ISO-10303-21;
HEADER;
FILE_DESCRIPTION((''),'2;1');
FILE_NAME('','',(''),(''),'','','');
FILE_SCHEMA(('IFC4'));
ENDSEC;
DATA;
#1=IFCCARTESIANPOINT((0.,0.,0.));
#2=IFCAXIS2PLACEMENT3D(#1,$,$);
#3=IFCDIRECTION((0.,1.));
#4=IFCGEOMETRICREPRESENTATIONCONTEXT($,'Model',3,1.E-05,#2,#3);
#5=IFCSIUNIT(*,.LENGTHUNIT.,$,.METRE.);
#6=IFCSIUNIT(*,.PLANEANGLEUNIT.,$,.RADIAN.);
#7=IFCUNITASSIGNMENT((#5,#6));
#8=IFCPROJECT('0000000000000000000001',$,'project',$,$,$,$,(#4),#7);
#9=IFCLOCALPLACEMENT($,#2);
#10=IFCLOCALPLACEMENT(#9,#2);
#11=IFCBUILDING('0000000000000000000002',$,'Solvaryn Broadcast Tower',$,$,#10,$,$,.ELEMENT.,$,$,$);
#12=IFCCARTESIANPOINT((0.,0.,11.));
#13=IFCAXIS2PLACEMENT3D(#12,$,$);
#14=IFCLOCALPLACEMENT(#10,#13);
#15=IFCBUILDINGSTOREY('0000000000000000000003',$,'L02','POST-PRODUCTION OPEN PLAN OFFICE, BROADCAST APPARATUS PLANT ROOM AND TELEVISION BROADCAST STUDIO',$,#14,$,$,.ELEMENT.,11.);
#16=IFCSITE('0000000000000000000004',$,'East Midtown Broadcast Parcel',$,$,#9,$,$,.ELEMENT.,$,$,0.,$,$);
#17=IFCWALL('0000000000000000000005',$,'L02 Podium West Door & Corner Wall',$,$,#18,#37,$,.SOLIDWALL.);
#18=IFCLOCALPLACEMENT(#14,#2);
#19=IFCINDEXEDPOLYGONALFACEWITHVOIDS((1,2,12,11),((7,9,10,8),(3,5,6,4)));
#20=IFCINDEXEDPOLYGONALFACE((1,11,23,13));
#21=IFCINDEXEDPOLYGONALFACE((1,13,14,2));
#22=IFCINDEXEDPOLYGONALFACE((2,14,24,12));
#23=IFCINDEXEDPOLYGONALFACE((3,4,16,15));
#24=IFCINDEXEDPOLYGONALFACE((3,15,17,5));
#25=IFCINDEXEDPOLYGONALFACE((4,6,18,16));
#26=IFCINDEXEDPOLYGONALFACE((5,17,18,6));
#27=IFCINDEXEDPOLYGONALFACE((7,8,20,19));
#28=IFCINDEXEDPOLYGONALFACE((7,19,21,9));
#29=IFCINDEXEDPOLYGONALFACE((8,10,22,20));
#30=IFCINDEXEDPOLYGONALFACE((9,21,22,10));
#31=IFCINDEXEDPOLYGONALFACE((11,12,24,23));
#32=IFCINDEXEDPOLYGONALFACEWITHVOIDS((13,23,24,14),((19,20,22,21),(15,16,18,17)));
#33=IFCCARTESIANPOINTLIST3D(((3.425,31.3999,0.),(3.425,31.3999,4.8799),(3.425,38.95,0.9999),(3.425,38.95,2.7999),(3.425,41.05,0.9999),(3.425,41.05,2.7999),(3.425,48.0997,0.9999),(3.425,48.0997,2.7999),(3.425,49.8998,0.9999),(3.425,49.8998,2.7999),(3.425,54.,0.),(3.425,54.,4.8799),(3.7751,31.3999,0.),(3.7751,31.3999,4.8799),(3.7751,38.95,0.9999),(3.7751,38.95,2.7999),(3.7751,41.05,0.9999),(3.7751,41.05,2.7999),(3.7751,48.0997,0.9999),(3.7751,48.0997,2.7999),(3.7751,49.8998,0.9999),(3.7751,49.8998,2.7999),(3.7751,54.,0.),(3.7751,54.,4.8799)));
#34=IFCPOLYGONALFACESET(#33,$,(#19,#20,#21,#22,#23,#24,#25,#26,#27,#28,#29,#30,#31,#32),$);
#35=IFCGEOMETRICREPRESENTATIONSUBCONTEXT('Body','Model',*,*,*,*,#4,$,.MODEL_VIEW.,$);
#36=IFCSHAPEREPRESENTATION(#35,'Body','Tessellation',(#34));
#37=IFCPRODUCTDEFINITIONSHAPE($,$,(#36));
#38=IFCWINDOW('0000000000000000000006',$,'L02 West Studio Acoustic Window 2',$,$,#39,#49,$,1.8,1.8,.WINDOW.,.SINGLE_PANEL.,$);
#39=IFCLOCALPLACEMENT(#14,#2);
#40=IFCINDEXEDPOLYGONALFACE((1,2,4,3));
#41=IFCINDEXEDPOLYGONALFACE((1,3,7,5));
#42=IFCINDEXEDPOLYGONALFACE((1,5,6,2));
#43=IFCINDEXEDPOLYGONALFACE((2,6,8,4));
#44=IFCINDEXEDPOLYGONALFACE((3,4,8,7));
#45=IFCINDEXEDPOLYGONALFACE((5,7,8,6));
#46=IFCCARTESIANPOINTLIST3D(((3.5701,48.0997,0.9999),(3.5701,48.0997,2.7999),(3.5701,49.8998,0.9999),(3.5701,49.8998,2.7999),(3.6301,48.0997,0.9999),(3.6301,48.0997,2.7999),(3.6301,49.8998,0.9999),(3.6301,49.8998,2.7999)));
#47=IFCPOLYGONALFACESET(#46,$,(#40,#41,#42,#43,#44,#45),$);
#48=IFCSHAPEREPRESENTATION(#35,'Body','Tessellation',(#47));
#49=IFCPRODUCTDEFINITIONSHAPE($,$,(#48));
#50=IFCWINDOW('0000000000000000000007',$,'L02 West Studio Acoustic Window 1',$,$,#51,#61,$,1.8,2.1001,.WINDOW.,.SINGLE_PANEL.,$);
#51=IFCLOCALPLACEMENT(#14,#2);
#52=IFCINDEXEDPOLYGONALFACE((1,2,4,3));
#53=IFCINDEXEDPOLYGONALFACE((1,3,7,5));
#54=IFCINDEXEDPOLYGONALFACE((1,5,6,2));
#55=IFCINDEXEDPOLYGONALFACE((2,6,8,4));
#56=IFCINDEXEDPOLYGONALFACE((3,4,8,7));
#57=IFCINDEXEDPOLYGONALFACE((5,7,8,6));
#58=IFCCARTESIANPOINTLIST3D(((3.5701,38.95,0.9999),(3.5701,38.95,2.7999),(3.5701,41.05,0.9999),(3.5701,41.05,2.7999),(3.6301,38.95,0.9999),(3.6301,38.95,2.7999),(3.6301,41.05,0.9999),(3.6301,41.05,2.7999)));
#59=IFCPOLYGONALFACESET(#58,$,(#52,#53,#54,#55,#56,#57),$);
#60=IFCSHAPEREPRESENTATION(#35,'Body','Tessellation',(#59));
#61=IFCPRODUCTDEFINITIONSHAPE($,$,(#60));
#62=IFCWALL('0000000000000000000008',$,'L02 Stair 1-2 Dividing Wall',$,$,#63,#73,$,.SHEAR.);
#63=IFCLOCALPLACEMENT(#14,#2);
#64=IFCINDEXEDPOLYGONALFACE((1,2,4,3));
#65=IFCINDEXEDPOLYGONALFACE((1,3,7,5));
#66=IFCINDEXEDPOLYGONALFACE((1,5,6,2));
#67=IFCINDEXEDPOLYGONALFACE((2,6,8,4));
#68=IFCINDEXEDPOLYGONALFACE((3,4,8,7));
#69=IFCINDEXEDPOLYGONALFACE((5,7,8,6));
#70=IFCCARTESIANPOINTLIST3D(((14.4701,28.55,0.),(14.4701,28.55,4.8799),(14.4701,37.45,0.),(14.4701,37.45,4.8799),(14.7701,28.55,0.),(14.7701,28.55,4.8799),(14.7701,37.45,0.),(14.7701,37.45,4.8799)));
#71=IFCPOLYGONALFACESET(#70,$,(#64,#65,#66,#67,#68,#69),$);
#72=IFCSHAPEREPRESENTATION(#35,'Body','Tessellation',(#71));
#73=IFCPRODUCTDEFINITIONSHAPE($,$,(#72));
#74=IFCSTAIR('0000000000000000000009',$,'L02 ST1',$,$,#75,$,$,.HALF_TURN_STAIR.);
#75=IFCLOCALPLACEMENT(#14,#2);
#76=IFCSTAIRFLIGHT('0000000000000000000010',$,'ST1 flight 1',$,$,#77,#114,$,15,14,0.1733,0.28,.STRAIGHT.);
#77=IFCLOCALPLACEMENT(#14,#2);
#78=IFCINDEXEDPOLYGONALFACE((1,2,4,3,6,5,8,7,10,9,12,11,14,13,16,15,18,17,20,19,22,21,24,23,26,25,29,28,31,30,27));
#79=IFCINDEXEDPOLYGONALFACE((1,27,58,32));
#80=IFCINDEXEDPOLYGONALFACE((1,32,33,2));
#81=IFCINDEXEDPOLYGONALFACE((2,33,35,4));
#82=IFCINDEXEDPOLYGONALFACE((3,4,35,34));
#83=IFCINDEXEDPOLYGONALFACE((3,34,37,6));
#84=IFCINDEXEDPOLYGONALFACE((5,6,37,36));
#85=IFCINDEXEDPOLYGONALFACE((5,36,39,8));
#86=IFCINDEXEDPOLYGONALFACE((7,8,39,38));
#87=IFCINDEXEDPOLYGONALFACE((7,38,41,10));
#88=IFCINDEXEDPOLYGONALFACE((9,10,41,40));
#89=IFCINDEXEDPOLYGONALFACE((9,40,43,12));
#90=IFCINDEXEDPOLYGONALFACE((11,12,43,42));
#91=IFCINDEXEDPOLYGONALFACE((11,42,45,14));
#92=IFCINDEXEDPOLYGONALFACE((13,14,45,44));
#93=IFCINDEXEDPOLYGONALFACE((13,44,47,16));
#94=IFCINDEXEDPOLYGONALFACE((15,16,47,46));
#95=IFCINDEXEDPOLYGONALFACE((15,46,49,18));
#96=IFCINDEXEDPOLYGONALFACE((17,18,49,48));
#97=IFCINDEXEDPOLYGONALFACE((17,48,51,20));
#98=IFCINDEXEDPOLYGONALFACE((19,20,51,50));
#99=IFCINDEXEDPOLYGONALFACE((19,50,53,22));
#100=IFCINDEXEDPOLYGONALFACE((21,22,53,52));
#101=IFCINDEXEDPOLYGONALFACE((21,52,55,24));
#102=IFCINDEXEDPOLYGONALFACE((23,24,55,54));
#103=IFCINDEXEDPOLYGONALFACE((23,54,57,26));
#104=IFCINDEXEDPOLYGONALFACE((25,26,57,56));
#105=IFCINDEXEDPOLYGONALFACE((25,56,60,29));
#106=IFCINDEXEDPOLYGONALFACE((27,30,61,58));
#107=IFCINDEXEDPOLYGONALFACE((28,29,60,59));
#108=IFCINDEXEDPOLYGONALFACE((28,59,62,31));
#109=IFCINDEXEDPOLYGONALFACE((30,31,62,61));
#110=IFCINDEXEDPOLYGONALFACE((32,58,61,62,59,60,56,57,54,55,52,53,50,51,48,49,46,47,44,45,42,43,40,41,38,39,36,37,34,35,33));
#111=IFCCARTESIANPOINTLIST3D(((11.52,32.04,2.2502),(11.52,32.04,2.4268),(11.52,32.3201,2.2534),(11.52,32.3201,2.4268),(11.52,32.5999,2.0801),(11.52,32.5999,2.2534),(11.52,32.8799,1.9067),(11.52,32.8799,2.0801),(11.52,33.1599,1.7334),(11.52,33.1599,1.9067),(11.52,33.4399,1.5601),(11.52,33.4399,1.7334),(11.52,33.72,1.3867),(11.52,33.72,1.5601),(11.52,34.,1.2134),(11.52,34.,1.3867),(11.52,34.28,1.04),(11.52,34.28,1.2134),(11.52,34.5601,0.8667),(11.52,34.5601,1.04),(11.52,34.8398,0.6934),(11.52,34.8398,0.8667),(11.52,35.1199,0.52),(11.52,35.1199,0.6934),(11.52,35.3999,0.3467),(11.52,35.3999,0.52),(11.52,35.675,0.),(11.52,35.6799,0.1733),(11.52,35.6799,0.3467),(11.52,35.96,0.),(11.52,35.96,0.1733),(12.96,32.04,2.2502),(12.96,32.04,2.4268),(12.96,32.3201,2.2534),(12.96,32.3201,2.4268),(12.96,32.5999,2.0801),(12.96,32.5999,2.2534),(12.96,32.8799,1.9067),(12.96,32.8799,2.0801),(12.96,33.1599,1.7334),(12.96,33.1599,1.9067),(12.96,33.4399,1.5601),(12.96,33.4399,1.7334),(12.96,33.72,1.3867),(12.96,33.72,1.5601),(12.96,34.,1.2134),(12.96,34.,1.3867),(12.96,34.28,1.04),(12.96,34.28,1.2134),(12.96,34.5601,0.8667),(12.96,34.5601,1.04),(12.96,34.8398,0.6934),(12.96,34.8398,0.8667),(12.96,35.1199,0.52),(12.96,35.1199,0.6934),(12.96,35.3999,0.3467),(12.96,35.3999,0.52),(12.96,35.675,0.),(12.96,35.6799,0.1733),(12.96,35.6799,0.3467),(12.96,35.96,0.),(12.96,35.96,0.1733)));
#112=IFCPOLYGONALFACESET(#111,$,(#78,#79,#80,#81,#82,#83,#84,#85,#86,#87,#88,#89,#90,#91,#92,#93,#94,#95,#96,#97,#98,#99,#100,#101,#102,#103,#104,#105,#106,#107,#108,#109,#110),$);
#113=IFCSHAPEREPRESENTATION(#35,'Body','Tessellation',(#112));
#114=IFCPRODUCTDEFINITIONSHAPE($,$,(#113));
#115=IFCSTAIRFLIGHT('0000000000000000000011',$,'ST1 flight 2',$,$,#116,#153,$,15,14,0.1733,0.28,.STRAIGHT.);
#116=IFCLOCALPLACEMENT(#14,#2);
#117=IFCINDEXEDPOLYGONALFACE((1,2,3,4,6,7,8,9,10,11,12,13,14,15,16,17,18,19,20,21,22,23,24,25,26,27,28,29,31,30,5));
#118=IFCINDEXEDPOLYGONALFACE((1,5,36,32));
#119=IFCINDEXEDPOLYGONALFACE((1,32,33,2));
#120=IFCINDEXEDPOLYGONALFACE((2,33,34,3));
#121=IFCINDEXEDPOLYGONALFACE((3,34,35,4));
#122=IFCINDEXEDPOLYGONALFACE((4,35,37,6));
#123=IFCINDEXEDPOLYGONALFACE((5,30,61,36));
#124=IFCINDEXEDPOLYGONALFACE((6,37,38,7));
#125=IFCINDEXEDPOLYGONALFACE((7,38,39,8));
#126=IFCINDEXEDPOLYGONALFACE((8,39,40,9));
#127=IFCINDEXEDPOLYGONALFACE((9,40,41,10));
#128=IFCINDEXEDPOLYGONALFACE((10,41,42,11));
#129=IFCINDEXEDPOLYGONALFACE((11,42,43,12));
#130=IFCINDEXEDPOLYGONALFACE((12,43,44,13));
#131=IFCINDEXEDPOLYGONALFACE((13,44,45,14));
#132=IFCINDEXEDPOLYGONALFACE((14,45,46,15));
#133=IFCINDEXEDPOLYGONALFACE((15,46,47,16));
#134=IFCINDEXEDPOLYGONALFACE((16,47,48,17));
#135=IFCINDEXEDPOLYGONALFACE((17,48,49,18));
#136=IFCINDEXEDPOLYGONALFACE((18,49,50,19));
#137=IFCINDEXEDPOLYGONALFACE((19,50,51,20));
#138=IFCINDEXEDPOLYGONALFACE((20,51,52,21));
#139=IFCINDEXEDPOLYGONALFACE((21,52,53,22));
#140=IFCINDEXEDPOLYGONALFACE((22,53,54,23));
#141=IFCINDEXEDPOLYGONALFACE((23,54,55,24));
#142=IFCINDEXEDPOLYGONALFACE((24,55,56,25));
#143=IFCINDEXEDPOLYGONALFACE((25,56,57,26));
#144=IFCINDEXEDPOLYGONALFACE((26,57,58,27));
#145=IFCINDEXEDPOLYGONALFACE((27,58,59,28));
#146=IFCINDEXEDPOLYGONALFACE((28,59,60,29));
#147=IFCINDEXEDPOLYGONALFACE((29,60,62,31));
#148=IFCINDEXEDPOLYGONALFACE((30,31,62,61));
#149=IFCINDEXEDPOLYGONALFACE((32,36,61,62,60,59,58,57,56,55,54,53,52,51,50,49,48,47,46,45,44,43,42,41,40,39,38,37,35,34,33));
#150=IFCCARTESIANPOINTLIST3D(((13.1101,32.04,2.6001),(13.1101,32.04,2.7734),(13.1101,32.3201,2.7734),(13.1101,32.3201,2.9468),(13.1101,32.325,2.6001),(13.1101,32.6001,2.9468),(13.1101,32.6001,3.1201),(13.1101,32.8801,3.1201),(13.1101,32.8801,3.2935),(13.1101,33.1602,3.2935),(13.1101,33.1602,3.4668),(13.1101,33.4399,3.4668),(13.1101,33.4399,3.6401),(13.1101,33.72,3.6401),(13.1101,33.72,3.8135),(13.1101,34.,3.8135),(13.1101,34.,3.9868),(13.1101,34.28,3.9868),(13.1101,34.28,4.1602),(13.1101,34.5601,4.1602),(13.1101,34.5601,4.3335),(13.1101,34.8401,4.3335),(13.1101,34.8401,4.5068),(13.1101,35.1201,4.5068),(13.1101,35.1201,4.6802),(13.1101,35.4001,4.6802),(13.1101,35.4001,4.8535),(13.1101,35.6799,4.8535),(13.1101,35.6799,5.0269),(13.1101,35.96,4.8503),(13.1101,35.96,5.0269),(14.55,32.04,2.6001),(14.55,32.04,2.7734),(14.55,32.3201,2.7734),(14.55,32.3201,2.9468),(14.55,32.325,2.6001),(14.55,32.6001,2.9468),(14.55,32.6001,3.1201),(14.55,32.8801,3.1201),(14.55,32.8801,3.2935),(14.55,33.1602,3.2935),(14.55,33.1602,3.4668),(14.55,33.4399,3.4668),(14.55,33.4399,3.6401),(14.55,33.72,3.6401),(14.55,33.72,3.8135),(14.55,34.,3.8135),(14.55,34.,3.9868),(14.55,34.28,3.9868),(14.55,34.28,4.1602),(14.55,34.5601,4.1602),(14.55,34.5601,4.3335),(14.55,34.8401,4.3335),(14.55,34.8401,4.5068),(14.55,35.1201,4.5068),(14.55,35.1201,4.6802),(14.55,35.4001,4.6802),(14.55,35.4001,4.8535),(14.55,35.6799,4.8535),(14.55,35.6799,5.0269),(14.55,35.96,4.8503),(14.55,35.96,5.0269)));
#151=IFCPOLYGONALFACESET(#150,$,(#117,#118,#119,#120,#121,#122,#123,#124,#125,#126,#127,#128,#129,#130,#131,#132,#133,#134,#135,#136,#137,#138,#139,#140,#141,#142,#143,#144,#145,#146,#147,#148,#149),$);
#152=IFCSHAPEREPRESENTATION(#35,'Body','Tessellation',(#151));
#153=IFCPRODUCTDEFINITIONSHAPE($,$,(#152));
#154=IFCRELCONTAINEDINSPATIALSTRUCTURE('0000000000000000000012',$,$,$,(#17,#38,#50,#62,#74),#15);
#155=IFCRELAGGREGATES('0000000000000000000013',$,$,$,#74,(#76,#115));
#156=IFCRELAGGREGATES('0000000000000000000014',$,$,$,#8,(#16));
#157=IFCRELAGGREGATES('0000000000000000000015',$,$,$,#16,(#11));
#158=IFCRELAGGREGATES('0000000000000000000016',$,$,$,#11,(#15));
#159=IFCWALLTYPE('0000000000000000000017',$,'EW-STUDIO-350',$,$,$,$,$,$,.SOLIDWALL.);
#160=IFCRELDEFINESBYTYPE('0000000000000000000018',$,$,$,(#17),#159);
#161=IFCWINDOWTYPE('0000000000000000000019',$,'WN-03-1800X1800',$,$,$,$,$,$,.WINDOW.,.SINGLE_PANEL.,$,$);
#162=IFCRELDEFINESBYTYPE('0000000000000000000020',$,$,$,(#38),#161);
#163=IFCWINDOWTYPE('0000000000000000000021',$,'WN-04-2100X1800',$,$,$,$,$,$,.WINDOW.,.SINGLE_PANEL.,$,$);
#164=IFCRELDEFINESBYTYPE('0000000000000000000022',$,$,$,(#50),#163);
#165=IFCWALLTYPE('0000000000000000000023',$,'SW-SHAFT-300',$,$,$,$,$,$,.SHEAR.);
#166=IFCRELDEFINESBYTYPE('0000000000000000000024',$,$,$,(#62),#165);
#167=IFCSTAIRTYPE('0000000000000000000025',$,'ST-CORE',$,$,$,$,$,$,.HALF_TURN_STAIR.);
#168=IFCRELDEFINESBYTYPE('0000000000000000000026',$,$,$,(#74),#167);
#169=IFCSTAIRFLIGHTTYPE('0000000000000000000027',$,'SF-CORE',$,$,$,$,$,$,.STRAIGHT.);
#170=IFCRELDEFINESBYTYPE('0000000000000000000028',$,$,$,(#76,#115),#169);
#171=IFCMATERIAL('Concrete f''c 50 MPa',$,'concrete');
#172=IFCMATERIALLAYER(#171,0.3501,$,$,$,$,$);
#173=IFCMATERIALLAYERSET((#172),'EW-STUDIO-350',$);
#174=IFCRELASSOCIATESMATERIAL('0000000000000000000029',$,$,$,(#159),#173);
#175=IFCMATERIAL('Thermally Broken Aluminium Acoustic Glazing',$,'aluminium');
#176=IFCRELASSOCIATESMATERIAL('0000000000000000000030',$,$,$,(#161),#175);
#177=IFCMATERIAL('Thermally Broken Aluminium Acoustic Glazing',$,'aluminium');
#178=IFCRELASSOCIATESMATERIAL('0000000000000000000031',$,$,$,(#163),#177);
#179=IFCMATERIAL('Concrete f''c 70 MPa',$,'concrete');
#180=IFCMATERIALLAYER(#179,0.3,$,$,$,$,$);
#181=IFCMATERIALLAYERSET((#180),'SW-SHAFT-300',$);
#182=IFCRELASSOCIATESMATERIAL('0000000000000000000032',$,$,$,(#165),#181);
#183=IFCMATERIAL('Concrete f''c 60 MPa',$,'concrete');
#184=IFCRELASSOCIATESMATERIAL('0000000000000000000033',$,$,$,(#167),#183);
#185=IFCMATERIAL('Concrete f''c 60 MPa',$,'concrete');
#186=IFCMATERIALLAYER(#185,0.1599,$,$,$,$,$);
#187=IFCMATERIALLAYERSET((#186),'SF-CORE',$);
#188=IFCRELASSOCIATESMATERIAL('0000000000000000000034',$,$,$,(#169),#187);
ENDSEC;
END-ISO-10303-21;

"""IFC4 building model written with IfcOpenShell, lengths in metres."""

from ifc_helpers import new_model, si_unit, direction, frame, frame_2d, origin, place, context, subcontext, project, spatial, polyline, rectangle, outline, extrude, material, layer, layer_set, type_object, element, fill, aggregate, save


model = new_model("IFC4")

# Units and contexts
model_context = context("Model", 3, precision=1e-05, world=origin(), true_north=direction((0.0, 1.0)))
body_context = subcontext(model_context, "Body", "Model", "MODEL_VIEW")
ifc_project = project(units=[si_unit("LENGTHUNIT", "METRE"), si_unit("PLANEANGLEUNIT", "RADIAN")], contexts=[model_context])

# Site, building, storey
site_placement = place(None, origin())
site = spatial("IfcSite", under=ifc_project, at=site_placement, Name="East Midtown Broadcast Parcel", CompositionType="ELEMENT", RefElevation=0.0)
building_placement = place(site_placement, origin())
building = spatial("IfcBuilding", under=site, at=building_placement, Name="Solvaryn Broadcast Tower", CompositionType="ELEMENT")
storey_placement = place(building_placement, frame((0.0, 0.0, 11.0)))
storey = spatial("IfcBuildingStorey", under=building, at=storey_placement, Name="L02", Description="POST-PRODUCTION OPEN PLAN OFFICE, BROADCAST APPARATUS PLANT ROOM AND TELEVISION BROADCAST STUDIO", CompositionType="ELEMENT", Elevation=11.0)

# Wall, openings, windows
ifc_material_1 = material(Name="Concrete f'c 50 MPa", Category="concrete")
ifc_layer_1 = layer(ifc_material_1, 0.3501)
ifc_layer_set_1 = layer_set([ifc_layer_1], Name="EW-STUDIO-350")
wall_type_1 = type_object("IfcWallType", Name="EW-STUDIO-350", PredefinedType="SOLIDWALL", material=ifc_layer_set_1)
wall_1_placement = place(storey_placement, frame((3.6001, 31.3999, 0.0), z_axis=(0.0, 0.0, 1.0), x_axis=(0.0, 1.0, 0.0)))
wall_1 = element("IfcWall", 1, at=wall_1_placement, inside=storey, type_object=wall_type_1, Name="L02 Podium West Door & Corner Wall", PredefinedType="SOLIDWALL", context=body_context, shape_type="SweptSolid", body=[
    extrude(rectangle(XDim=22.6001, YDim=0.3501, at=frame_2d((11.3, 0.0))), origin(), (0.0, 0.0, 1.0), 4.8799),
])
opening_1_placement = place(wall_1_placement, frame((7.55, 0.0, 1.0)))
opening_1 = element("IfcOpeningElement", 2, at=opening_1_placement, cuts=wall_1, PredefinedType="OPENING", context=body_context, shape_type="SweptSolid", body=[
    extrude(rectangle(XDim=2.1001, YDim=1.8, at=frame_2d((1.05, 0.8999))), frame((0.0, 0.1851, 0.0), z_axis=(0.0, -1.0, 0.0), x_axis=(1.0, 0.0, 0.0)), (0.0, 0.0, 1.0), 0.3701),
])
opening_2_placement = place(wall_1_placement, frame((16.7, 0.0, 1.0)))
opening_2 = element("IfcOpeningElement", 3, at=opening_2_placement, cuts=wall_1, PredefinedType="OPENING", context=body_context, shape_type="SweptSolid", body=[
    extrude(rectangle(XDim=1.8, YDim=1.8, at=frame_2d((0.8999, 0.8999))), frame((0.0, 0.1851, 0.0), z_axis=(0.0, -1.0, 0.0), x_axis=(1.0, 0.0, 0.0)), (0.0, 0.0, 1.0), 0.3701),
])
ifc_material_2 = material(Name="Thermally Broken Aluminium Acoustic Glazing", Category="aluminium")
window_type_1 = type_object("IfcWindowType", Name="WN-03-1800X1800", PartitioningType="SINGLE_PANEL", PredefinedType="WINDOW", material=ifc_material_2)
window_1_placement = place(opening_2_placement, origin())
window_1 = element("IfcWindow", 4, at=window_1_placement, inside=storey, type_object=window_type_1, Name="L02 West Studio Acoustic Window 2", OverallHeight=1.8, OverallWidth=1.8, PartitioningType="SINGLE_PANEL", PredefinedType="WINDOW", context=body_context, shape_type="SweptSolid", body=[
    extrude(rectangle(XDim=1.8, YDim=1.8, at=frame_2d((0.8999, 0.8999))), frame((0.0, 0.03, 0.0), z_axis=(0.0, -1.0, 0.0), x_axis=(1.0, 0.0, 0.0)), (0.0, 0.0, 1.0), 0.0601),
])
fill(opening_2, window_1)
ifc_material_3 = material(Name="Thermally Broken Aluminium Acoustic Glazing", Category="aluminium")
window_type_2 = type_object("IfcWindowType", Name="WN-04-2100X1800", PartitioningType="SINGLE_PANEL", PredefinedType="WINDOW", material=ifc_material_3)
window_2_placement = place(opening_1_placement, origin())
window_2 = element("IfcWindow", 5, at=window_2_placement, inside=storey, type_object=window_type_2, Name="L02 West Studio Acoustic Window 1", OverallHeight=1.8, OverallWidth=2.1001, PartitioningType="SINGLE_PANEL", PredefinedType="WINDOW", context=body_context, shape_type="SweptSolid", body=[
    extrude(rectangle(XDim=2.1001, YDim=1.8, at=frame_2d((1.05, 0.8999))), frame((0.0, 0.03, 0.0), z_axis=(0.0, -1.0, 0.0), x_axis=(1.0, 0.0, 0.0)), (0.0, 0.0, 1.0), 0.0601),
])
fill(opening_1, window_2)

# Wall
ifc_material_4 = material(Name="Concrete f'c 70 MPa", Category="concrete")
ifc_layer_2 = layer(ifc_material_4, 0.3)
ifc_layer_set_2 = layer_set([ifc_layer_2], Name="SW-SHAFT-300")
wall_type_2 = type_object("IfcWallType", Name="SW-SHAFT-300", PredefinedType="SHEAR", material=ifc_layer_set_2)
wall_2_placement = place(storey_placement, frame((14.6201, 28.55, 0.0), z_axis=(0.0, 0.0, 1.0), x_axis=(0.0, 1.0, 0.0)))
element("IfcWall", 6, at=wall_2_placement, inside=storey, type_object=wall_type_2, Name="L02 Stair 1-2 Dividing Wall", PredefinedType="SHEAR", context=body_context, shape_type="SweptSolid", body=[
    extrude(rectangle(XDim=8.8999, YDim=0.3, at=frame_2d((4.45, 0.0))), origin(), (0.0, 0.0, 1.0), 4.8799),
])

# Stair, stair flights
ifc_material_5 = material(Name="Concrete f'c 60 MPa", Category="concrete")
stair_type = type_object("IfcStairType", Name="ST-CORE", PredefinedType="HALF_TURN_STAIR", material=ifc_material_5)
stair_1_placement = place(storey_placement, origin())
stair_1 = element("IfcStair", 7, at=stair_1_placement, inside=storey, type_object=stair_type, Name="L02 ST1", PredefinedType="HALF_TURN_STAIR")
ifc_material_6 = material(Name="Concrete f'c 60 MPa", Category="concrete")
ifc_layer_3 = layer(ifc_material_6, 0.1599)
ifc_layer_set_3 = layer_set([ifc_layer_3], Name="SF-CORE")
stair_flight_type = type_object("IfcStairFlightType", Name="SF-CORE", PredefinedType="STRAIGHT", material=ifc_layer_set_3)
stair_flight_1_placement = place(storey_placement, frame((12.24, 35.96, 0.0), z_axis=(0.0, 0.0, 1.0), x_axis=(0.0, -1.0, 0.0)))
stair_flight_1 = element("IfcStairFlight", 8, at=stair_flight_1_placement, type_object=stair_flight_type, Name="ST1 flight 1", NumberOfRisers=15, NumberOfTreads=14, PredefinedType="STRAIGHT", RiserHeight=0.1733, TreadLength=0.28, context=body_context, shape_type="SweptSolid", body=[
    extrude(outline(polyline([(0.0, 0.0), (0.0, 0.1733), (0.28, 0.1733), (0.28, 0.3467), (0.5601, 0.3467), (0.5601, 0.52), (0.8401, 0.52), (0.8401, 0.6934), (1.1201, 0.6934), (1.1201, 0.8667), (1.3999, 0.8667), (1.3999, 1.04), (1.6799, 1.04), (1.6799, 1.2134), (1.96, 1.2134), (1.96, 1.3867), (2.24, 1.3867), (2.24, 1.5601), (2.52, 1.5601), (2.52, 1.7334), (2.8, 1.7334), (2.8, 1.9067), (3.0801, 1.9067), (3.0801, 2.0801), (3.3601, 2.0801), (3.3601, 2.2534), (3.6399, 2.2534), (3.6399, 2.4268), (3.9199, 2.4268), (3.9199, 2.6001), (3.9199, 2.2502), (0.2849, 0.0), (0.0, 0.0)])), frame((0.0, 0.72, 0.0), z_axis=(0.0, -1.0, 0.0), x_axis=(1.0, 0.0, 0.0)), (0.0, 0.0, 1.0), 1.4399),
])
stair_flight_2_placement = place(storey_placement, frame((13.8301, 32.04, 2.6001), z_axis=(0.0, 0.0, 1.0), x_axis=(0.0, 1.0, 0.0)))
stair_flight_2 = element("IfcStairFlight", 9, at=stair_flight_2_placement, type_object=stair_flight_type, Name="ST1 flight 2", NumberOfRisers=15, NumberOfTreads=14, PredefinedType="STRAIGHT", RiserHeight=0.1733, TreadLength=0.28, context=body_context, shape_type="SweptSolid", body=[
    extrude(outline(polyline([(0.0, 0.0), (0.0, 0.1733), (0.28, 0.1733), (0.28, 0.3467), (0.5601, 0.3467), (0.5601, 0.52), (0.8401, 0.52), (0.8401, 0.6934), (1.1201, 0.6934), (1.1201, 0.8667), (1.3999, 0.8667), (1.3999, 1.04), (1.6799, 1.04), (1.6799, 1.2134), (1.96, 1.2134), (1.96, 1.3867), (2.24, 1.3867), (2.24, 1.5601), (2.52, 1.5601), (2.52, 1.7334), (2.8, 1.7334), (2.8, 1.9067), (3.0801, 1.9067), (3.0801, 2.0801), (3.3601, 2.0801), (3.3601, 2.2534), (3.6399, 2.2534), (3.6399, 2.4268), (3.9199, 2.4268), (3.9199, 2.6001), (3.9199, 2.2502), (0.2849, 0.0), (0.0, 0.0)])), frame((0.0, 0.72, 0.0), z_axis=(0.0, -1.0, 0.0), x_axis=(1.0, 0.0, 0.0)), (0.0, 0.0, 1.0), 1.4399),
])
aggregate(stair_1, [stair_flight_1, stair_flight_2])

save(model, "model.ifc")
